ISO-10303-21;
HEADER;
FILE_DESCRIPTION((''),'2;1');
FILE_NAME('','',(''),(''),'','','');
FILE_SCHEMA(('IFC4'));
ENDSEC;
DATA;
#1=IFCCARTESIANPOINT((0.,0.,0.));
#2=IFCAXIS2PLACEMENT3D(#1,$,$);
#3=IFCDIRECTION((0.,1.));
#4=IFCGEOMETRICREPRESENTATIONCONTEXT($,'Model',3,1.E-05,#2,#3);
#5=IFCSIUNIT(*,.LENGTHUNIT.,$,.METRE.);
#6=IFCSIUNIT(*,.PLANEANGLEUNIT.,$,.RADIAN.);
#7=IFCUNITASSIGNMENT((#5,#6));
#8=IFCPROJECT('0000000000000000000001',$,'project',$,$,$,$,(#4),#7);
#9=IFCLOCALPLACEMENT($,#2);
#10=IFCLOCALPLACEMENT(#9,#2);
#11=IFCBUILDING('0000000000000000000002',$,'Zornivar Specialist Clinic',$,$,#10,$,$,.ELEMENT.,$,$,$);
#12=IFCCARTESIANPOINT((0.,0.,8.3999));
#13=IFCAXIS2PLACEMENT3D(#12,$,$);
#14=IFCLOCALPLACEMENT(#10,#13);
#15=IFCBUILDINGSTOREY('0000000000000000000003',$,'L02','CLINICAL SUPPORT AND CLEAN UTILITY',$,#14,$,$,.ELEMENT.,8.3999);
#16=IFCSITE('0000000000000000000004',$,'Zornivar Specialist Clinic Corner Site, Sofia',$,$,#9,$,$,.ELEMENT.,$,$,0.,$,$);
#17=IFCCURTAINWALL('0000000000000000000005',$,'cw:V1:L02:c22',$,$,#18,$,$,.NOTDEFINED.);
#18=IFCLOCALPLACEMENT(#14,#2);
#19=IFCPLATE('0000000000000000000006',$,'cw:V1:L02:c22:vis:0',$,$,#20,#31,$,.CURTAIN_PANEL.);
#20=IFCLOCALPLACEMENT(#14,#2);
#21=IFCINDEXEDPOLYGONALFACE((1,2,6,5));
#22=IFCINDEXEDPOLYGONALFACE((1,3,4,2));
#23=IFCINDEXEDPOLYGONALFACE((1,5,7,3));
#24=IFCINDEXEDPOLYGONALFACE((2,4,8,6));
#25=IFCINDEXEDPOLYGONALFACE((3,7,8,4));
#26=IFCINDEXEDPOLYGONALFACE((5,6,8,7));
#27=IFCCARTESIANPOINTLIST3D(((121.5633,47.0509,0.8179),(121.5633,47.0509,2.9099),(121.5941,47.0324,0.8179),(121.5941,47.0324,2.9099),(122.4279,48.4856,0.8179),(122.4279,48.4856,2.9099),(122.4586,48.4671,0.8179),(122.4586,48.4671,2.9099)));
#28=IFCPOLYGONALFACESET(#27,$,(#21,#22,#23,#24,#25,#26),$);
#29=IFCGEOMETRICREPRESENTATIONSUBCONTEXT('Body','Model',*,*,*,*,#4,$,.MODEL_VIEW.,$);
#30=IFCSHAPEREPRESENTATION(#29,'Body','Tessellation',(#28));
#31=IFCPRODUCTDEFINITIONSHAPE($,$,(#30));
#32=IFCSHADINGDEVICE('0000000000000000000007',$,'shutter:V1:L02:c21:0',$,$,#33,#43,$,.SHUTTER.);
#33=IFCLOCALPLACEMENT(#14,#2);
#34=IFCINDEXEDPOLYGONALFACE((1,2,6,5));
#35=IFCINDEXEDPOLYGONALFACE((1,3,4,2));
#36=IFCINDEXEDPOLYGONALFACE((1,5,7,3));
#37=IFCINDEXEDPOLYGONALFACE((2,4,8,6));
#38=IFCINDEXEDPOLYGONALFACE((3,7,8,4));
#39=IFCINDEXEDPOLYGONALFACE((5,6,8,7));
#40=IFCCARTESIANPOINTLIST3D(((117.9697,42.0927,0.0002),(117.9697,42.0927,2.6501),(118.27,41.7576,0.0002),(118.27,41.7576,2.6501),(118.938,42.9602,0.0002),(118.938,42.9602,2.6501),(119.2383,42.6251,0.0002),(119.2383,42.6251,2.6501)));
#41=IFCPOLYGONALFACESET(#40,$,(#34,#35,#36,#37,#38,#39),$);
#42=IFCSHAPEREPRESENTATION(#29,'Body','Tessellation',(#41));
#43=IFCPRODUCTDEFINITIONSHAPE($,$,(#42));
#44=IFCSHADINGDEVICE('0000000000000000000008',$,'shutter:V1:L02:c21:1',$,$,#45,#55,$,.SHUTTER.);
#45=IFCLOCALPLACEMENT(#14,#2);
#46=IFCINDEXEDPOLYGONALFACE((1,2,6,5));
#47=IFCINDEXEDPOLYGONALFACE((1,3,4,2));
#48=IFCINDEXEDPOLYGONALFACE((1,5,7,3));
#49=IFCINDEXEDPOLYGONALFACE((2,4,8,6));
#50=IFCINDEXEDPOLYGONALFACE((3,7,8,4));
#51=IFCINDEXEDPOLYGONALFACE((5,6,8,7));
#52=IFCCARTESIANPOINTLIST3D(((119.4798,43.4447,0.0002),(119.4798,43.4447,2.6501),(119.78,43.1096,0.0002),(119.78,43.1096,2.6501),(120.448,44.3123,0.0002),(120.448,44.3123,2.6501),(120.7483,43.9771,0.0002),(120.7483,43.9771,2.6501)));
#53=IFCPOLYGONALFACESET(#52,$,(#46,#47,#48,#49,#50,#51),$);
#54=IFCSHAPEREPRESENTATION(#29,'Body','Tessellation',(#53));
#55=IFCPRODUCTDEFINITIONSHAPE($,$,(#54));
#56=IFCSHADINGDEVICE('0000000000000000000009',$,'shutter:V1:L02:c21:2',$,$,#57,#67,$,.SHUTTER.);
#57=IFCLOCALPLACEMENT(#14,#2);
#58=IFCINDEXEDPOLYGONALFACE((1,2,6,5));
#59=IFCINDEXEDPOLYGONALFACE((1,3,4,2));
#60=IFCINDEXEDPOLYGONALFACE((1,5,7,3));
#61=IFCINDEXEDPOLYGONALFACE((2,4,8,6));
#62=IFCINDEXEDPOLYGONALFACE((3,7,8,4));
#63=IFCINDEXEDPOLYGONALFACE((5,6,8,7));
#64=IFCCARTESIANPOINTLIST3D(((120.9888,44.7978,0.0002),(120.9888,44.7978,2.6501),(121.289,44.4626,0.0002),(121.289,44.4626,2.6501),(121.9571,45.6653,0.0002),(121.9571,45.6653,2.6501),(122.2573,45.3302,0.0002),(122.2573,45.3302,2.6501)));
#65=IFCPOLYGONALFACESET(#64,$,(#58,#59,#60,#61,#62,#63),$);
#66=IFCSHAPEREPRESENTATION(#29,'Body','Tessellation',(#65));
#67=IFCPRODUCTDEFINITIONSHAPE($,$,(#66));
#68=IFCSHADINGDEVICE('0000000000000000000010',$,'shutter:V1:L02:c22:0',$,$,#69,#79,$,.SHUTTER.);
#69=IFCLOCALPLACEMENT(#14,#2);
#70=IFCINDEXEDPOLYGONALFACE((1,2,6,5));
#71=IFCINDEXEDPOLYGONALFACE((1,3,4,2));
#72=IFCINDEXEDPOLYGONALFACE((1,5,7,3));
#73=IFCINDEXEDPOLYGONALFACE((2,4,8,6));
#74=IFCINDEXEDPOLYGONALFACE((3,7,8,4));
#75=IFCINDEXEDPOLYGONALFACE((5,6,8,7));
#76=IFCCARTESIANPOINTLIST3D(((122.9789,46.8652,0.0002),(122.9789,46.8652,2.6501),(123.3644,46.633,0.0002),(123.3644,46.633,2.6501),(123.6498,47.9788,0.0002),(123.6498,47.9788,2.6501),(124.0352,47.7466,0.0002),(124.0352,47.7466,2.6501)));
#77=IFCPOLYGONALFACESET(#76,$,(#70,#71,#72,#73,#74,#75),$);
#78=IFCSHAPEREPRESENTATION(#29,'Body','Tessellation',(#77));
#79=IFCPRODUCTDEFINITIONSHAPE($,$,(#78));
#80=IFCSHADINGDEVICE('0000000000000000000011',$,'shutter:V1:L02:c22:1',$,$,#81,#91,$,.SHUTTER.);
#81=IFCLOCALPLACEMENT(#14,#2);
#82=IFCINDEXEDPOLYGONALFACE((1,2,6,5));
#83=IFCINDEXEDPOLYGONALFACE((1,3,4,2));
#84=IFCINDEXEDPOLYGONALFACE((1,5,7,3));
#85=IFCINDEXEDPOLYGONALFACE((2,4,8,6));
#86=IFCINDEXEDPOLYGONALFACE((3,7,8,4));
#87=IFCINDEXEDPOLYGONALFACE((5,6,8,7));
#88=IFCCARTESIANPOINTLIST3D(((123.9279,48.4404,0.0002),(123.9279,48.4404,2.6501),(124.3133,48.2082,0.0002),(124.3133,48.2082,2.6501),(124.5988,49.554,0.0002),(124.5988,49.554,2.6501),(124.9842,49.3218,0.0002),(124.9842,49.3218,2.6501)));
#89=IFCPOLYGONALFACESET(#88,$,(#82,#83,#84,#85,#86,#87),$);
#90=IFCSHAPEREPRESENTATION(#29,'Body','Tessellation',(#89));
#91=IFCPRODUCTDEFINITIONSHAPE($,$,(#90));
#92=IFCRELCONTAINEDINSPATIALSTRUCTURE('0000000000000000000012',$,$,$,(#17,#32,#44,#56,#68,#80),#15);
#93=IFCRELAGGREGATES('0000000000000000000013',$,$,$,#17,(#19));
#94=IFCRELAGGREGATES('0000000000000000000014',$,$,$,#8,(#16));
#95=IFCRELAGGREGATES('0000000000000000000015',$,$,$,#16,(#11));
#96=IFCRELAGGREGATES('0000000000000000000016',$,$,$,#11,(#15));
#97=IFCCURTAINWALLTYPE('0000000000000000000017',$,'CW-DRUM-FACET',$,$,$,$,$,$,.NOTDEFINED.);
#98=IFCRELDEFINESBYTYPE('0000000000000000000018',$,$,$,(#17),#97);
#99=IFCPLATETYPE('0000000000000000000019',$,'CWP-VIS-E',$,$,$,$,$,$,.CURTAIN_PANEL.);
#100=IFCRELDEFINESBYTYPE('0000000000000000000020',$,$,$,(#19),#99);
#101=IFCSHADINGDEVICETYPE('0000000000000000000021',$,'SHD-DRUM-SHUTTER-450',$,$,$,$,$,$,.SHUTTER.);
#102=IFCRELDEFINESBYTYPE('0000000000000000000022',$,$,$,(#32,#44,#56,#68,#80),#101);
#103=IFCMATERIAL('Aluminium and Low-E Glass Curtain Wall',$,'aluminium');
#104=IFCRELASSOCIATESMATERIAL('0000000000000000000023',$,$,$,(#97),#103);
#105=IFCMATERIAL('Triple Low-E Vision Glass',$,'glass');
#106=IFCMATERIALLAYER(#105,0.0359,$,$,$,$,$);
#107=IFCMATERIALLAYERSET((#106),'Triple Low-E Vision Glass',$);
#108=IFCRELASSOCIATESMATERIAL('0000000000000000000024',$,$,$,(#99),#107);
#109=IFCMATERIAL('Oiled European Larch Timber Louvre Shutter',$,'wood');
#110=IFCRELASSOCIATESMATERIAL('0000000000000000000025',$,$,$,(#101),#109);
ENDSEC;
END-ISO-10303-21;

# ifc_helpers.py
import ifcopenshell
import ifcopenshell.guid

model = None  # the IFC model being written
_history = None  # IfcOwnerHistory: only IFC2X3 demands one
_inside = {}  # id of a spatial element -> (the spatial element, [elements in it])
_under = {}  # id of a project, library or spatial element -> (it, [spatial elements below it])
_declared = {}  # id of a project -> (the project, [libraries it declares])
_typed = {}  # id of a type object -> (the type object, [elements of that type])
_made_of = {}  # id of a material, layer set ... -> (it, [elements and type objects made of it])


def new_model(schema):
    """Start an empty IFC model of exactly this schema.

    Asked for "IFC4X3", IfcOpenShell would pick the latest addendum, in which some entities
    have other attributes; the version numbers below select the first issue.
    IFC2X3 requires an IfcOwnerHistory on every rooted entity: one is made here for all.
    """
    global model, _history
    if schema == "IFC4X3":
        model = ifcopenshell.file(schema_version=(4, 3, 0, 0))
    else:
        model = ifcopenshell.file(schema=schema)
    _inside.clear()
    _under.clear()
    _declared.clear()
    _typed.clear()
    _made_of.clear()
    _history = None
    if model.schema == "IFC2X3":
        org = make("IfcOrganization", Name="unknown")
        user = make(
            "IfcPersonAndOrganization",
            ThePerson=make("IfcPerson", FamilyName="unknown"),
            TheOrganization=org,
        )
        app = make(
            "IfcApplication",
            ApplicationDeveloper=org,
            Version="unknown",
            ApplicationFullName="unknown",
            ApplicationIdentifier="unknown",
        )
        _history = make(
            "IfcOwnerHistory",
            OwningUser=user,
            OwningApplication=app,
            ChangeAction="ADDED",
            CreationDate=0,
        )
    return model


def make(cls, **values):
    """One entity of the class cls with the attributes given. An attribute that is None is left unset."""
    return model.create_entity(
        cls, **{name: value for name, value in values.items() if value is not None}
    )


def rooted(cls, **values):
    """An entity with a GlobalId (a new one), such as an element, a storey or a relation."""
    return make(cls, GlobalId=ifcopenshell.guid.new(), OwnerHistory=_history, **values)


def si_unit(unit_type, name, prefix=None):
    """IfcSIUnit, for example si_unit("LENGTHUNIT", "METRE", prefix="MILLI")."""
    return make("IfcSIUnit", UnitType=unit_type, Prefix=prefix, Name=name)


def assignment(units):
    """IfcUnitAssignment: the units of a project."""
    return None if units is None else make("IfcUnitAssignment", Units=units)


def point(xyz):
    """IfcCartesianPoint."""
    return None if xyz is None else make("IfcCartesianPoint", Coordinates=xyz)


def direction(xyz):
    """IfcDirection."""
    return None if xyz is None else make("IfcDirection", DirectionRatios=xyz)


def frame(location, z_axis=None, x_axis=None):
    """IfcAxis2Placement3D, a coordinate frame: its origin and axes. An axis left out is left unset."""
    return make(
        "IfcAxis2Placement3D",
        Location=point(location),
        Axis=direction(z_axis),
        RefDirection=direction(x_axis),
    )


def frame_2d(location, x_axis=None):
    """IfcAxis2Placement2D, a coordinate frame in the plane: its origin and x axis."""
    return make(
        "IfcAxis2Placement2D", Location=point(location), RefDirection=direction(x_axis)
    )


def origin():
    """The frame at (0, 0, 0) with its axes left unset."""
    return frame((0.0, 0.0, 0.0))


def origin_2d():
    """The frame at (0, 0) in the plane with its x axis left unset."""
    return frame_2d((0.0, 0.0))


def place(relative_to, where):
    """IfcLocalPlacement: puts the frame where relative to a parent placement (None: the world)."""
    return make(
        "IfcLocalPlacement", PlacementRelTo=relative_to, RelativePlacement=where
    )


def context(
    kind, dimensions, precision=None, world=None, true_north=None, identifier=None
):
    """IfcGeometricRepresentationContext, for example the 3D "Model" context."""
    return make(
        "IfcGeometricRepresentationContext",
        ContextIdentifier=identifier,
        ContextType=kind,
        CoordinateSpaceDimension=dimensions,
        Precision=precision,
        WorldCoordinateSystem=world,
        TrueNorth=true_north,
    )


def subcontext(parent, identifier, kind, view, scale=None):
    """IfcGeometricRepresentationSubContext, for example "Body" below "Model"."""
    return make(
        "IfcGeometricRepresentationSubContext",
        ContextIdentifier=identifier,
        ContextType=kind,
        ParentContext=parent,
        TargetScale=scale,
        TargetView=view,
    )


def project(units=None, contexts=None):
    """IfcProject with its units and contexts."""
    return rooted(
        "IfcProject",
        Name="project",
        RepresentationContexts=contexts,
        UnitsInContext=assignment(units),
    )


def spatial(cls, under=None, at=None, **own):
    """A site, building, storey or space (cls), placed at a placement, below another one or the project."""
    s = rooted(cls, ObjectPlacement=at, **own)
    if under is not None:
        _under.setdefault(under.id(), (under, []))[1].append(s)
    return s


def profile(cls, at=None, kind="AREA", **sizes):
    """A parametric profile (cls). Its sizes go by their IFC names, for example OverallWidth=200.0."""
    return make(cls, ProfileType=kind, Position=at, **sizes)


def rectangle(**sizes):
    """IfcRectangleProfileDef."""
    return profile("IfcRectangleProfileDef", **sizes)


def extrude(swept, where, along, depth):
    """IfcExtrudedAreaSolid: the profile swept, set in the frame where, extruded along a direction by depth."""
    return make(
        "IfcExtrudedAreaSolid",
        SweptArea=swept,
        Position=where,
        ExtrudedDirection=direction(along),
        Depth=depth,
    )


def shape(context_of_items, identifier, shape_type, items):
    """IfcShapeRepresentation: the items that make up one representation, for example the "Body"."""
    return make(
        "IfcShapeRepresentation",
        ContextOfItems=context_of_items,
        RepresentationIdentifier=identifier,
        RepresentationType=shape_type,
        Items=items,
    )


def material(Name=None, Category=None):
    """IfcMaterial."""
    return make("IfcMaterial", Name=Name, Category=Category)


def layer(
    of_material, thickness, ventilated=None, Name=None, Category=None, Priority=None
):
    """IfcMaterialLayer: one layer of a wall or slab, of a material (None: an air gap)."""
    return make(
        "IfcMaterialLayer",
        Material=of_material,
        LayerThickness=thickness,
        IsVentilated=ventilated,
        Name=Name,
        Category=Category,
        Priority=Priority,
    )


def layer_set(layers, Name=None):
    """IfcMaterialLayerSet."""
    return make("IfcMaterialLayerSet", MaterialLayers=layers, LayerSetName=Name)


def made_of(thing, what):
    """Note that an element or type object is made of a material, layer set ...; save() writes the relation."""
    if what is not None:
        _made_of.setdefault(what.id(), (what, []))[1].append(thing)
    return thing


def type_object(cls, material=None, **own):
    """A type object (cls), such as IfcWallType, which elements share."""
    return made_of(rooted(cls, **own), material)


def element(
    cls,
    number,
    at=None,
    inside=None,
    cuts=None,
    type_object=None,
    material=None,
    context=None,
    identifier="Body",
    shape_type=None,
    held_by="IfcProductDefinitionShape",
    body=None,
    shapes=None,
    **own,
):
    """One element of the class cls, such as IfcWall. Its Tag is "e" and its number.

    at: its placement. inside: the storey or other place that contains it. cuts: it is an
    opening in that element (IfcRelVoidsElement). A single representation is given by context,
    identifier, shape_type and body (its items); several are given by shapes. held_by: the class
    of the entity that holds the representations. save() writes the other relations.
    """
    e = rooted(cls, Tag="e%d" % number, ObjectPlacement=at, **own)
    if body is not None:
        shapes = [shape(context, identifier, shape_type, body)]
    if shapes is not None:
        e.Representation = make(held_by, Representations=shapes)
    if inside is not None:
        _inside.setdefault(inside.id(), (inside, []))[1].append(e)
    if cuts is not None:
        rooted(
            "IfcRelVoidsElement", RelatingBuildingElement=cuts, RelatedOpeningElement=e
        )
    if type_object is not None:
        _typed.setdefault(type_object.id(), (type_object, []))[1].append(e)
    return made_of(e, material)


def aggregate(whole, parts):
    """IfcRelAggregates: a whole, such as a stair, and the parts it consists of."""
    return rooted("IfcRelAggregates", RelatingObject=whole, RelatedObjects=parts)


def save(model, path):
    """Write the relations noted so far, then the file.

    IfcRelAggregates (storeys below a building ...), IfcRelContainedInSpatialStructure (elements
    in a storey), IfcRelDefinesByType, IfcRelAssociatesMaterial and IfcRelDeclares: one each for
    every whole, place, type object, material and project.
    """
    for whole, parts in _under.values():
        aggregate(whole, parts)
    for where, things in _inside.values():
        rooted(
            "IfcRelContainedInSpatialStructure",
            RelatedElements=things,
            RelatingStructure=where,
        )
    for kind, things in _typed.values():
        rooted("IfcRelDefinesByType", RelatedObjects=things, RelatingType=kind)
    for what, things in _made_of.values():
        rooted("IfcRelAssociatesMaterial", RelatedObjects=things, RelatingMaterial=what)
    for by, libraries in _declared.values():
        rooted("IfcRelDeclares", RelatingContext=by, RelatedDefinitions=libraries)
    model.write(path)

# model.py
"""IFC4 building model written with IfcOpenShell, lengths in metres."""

from ifc_helpers import new_model, si_unit, direction, frame, origin, origin_2d, place, context, subcontext, project, spatial, rectangle, extrude, material, layer, layer_set, type_object, element, aggregate, save


model = new_model("IFC4")

# Units and contexts
model_context = context("Model", 3, precision=1e-05, world=origin(), true_north=direction((0.0, 1.0)))
body_context = subcontext(model_context, "Body", "Model", "MODEL_VIEW")
ifc_project = project(units=[si_unit("LENGTHUNIT", "METRE"), si_unit("PLANEANGLEUNIT", "RADIAN")], contexts=[model_context])

# Site, building, storey
site_placement = place(None, origin())
site = spatial("IfcSite", under=ifc_project, at=site_placement, Name="Zornivar Specialist Clinic Corner Site, Sofia", CompositionType="ELEMENT", RefElevation=0.0)
building_placement = place(site_placement, origin())
building = spatial("IfcBuilding", under=site, at=building_placement, Name="Zornivar Specialist Clinic", CompositionType="ELEMENT")
storey_placement = place(building_placement, frame((0.0, 0.0, 8.3999)))
storey = spatial("IfcBuildingStorey", under=building, at=storey_placement, Name="L02", Description="CLINICAL SUPPORT AND CLEAN UTILITY", CompositionType="ELEMENT", Elevation=8.3999)

# Curtain wall
ifc_material_1 = material(Name="Aluminium and Low-E Glass Curtain Wall", Category="aluminium")
curtain_wall_type = type_object("IfcCurtainWallType", Name="CW-DRUM-FACET", PredefinedType="NOTDEFINED", material=ifc_material_1)
curtain_wall_1_placement = place(storey_placement, origin())
curtain_wall_1 = element("IfcCurtainWall", 1, at=curtain_wall_1_placement, inside=storey, type_object=curtain_wall_type, Name="cw:V1:L02:c22", PredefinedType="NOTDEFINED")

# Plate
ifc_material_2 = material(Name="Triple Low-E Vision Glass", Category="glass")
ifc_layer_1 = layer(ifc_material_2, 0.0359)
ifc_layer_set_1 = layer_set([ifc_layer_1], Name="Triple Low-E Vision Glass")
plate_type_1 = type_object("IfcPlateType", Name="CWP-VIS-E", PredefinedType="CURTAIN_PANEL", material=ifc_layer_set_1)
plate_1_placement = place(storey_placement, frame((122.011, 47.759, 0.8179), z_axis=(0.0, 0.0, 1.0), x_axis=(0.516127, 0.856512, 0.0)))
plate_1 = element("IfcPlate", 2, at=plate_1_placement, type_object=plate_type_1, Name="cw:V1:L02:c22:vis:0", PredefinedType="CURTAIN_PANEL", context=body_context, shape_type="SweptSolid", body=[
    extrude(rectangle(XDim=1.675, YDim=0.0359, at=origin_2d()), origin(), (0.0, 0.0, 1.0), 2.092),
])
aggregate(curtain_wall_1, [plate_1])

# Shading devices
ifc_material_3 = material(Name="Oiled European Larch Timber Louvre Shutter", Category="wood")
shading_device_type = type_object("IfcShadingDeviceType", Name="SHD-DRUM-SHUTTER-450", PredefinedType="SHUTTER", material=ifc_material_3)
for number, where, z_axis, x_axis, name in (
    (3, (118.604, 42.3589, 0.0002), (0.0, 0.0, 1.0), (0.744797, 0.667291, 0.0), "shutter:V1:L02:c21:0"),
    (4, (120.114, 43.7109, 0.0002), (0.0, 0.0, 1.0), (0.744797, 0.667291, 0.0), "shutter:V1:L02:c21:1"),
    (5, (121.623, 45.064, 0.0002), (0.0, 0.0, 1.0), (0.744797, 0.667291, 0.0), "shutter:V1:L02:c21:2"),
    (6, (123.5071, 47.3059, 0.0002), (0.0, 0.0, 1.0), (0.516018, 0.856578, 0.0), "shutter:V1:L02:c22:0"),
    (7, (124.4561, 48.8811, 0.0002), (0.0, 0.0, 1.0), (0.516018, 0.856578, 0.0), "shutter:V1:L02:c22:1"),
):
    element("IfcShadingDevice", number, at=place(storey_placement, frame(where, z_axis=z_axis, x_axis=x_axis)), inside=storey, type_object=shading_device_type, Name=name, PredefinedType="SHUTTER", context=body_context, shape_type="SweptSolid", body=[
        extrude(rectangle(XDim=1.3, YDim=0.45, at=origin_2d()), origin(), (0.0, 0.0, 1.0), 2.6499),
    ])

save(model, "model.ifc")
